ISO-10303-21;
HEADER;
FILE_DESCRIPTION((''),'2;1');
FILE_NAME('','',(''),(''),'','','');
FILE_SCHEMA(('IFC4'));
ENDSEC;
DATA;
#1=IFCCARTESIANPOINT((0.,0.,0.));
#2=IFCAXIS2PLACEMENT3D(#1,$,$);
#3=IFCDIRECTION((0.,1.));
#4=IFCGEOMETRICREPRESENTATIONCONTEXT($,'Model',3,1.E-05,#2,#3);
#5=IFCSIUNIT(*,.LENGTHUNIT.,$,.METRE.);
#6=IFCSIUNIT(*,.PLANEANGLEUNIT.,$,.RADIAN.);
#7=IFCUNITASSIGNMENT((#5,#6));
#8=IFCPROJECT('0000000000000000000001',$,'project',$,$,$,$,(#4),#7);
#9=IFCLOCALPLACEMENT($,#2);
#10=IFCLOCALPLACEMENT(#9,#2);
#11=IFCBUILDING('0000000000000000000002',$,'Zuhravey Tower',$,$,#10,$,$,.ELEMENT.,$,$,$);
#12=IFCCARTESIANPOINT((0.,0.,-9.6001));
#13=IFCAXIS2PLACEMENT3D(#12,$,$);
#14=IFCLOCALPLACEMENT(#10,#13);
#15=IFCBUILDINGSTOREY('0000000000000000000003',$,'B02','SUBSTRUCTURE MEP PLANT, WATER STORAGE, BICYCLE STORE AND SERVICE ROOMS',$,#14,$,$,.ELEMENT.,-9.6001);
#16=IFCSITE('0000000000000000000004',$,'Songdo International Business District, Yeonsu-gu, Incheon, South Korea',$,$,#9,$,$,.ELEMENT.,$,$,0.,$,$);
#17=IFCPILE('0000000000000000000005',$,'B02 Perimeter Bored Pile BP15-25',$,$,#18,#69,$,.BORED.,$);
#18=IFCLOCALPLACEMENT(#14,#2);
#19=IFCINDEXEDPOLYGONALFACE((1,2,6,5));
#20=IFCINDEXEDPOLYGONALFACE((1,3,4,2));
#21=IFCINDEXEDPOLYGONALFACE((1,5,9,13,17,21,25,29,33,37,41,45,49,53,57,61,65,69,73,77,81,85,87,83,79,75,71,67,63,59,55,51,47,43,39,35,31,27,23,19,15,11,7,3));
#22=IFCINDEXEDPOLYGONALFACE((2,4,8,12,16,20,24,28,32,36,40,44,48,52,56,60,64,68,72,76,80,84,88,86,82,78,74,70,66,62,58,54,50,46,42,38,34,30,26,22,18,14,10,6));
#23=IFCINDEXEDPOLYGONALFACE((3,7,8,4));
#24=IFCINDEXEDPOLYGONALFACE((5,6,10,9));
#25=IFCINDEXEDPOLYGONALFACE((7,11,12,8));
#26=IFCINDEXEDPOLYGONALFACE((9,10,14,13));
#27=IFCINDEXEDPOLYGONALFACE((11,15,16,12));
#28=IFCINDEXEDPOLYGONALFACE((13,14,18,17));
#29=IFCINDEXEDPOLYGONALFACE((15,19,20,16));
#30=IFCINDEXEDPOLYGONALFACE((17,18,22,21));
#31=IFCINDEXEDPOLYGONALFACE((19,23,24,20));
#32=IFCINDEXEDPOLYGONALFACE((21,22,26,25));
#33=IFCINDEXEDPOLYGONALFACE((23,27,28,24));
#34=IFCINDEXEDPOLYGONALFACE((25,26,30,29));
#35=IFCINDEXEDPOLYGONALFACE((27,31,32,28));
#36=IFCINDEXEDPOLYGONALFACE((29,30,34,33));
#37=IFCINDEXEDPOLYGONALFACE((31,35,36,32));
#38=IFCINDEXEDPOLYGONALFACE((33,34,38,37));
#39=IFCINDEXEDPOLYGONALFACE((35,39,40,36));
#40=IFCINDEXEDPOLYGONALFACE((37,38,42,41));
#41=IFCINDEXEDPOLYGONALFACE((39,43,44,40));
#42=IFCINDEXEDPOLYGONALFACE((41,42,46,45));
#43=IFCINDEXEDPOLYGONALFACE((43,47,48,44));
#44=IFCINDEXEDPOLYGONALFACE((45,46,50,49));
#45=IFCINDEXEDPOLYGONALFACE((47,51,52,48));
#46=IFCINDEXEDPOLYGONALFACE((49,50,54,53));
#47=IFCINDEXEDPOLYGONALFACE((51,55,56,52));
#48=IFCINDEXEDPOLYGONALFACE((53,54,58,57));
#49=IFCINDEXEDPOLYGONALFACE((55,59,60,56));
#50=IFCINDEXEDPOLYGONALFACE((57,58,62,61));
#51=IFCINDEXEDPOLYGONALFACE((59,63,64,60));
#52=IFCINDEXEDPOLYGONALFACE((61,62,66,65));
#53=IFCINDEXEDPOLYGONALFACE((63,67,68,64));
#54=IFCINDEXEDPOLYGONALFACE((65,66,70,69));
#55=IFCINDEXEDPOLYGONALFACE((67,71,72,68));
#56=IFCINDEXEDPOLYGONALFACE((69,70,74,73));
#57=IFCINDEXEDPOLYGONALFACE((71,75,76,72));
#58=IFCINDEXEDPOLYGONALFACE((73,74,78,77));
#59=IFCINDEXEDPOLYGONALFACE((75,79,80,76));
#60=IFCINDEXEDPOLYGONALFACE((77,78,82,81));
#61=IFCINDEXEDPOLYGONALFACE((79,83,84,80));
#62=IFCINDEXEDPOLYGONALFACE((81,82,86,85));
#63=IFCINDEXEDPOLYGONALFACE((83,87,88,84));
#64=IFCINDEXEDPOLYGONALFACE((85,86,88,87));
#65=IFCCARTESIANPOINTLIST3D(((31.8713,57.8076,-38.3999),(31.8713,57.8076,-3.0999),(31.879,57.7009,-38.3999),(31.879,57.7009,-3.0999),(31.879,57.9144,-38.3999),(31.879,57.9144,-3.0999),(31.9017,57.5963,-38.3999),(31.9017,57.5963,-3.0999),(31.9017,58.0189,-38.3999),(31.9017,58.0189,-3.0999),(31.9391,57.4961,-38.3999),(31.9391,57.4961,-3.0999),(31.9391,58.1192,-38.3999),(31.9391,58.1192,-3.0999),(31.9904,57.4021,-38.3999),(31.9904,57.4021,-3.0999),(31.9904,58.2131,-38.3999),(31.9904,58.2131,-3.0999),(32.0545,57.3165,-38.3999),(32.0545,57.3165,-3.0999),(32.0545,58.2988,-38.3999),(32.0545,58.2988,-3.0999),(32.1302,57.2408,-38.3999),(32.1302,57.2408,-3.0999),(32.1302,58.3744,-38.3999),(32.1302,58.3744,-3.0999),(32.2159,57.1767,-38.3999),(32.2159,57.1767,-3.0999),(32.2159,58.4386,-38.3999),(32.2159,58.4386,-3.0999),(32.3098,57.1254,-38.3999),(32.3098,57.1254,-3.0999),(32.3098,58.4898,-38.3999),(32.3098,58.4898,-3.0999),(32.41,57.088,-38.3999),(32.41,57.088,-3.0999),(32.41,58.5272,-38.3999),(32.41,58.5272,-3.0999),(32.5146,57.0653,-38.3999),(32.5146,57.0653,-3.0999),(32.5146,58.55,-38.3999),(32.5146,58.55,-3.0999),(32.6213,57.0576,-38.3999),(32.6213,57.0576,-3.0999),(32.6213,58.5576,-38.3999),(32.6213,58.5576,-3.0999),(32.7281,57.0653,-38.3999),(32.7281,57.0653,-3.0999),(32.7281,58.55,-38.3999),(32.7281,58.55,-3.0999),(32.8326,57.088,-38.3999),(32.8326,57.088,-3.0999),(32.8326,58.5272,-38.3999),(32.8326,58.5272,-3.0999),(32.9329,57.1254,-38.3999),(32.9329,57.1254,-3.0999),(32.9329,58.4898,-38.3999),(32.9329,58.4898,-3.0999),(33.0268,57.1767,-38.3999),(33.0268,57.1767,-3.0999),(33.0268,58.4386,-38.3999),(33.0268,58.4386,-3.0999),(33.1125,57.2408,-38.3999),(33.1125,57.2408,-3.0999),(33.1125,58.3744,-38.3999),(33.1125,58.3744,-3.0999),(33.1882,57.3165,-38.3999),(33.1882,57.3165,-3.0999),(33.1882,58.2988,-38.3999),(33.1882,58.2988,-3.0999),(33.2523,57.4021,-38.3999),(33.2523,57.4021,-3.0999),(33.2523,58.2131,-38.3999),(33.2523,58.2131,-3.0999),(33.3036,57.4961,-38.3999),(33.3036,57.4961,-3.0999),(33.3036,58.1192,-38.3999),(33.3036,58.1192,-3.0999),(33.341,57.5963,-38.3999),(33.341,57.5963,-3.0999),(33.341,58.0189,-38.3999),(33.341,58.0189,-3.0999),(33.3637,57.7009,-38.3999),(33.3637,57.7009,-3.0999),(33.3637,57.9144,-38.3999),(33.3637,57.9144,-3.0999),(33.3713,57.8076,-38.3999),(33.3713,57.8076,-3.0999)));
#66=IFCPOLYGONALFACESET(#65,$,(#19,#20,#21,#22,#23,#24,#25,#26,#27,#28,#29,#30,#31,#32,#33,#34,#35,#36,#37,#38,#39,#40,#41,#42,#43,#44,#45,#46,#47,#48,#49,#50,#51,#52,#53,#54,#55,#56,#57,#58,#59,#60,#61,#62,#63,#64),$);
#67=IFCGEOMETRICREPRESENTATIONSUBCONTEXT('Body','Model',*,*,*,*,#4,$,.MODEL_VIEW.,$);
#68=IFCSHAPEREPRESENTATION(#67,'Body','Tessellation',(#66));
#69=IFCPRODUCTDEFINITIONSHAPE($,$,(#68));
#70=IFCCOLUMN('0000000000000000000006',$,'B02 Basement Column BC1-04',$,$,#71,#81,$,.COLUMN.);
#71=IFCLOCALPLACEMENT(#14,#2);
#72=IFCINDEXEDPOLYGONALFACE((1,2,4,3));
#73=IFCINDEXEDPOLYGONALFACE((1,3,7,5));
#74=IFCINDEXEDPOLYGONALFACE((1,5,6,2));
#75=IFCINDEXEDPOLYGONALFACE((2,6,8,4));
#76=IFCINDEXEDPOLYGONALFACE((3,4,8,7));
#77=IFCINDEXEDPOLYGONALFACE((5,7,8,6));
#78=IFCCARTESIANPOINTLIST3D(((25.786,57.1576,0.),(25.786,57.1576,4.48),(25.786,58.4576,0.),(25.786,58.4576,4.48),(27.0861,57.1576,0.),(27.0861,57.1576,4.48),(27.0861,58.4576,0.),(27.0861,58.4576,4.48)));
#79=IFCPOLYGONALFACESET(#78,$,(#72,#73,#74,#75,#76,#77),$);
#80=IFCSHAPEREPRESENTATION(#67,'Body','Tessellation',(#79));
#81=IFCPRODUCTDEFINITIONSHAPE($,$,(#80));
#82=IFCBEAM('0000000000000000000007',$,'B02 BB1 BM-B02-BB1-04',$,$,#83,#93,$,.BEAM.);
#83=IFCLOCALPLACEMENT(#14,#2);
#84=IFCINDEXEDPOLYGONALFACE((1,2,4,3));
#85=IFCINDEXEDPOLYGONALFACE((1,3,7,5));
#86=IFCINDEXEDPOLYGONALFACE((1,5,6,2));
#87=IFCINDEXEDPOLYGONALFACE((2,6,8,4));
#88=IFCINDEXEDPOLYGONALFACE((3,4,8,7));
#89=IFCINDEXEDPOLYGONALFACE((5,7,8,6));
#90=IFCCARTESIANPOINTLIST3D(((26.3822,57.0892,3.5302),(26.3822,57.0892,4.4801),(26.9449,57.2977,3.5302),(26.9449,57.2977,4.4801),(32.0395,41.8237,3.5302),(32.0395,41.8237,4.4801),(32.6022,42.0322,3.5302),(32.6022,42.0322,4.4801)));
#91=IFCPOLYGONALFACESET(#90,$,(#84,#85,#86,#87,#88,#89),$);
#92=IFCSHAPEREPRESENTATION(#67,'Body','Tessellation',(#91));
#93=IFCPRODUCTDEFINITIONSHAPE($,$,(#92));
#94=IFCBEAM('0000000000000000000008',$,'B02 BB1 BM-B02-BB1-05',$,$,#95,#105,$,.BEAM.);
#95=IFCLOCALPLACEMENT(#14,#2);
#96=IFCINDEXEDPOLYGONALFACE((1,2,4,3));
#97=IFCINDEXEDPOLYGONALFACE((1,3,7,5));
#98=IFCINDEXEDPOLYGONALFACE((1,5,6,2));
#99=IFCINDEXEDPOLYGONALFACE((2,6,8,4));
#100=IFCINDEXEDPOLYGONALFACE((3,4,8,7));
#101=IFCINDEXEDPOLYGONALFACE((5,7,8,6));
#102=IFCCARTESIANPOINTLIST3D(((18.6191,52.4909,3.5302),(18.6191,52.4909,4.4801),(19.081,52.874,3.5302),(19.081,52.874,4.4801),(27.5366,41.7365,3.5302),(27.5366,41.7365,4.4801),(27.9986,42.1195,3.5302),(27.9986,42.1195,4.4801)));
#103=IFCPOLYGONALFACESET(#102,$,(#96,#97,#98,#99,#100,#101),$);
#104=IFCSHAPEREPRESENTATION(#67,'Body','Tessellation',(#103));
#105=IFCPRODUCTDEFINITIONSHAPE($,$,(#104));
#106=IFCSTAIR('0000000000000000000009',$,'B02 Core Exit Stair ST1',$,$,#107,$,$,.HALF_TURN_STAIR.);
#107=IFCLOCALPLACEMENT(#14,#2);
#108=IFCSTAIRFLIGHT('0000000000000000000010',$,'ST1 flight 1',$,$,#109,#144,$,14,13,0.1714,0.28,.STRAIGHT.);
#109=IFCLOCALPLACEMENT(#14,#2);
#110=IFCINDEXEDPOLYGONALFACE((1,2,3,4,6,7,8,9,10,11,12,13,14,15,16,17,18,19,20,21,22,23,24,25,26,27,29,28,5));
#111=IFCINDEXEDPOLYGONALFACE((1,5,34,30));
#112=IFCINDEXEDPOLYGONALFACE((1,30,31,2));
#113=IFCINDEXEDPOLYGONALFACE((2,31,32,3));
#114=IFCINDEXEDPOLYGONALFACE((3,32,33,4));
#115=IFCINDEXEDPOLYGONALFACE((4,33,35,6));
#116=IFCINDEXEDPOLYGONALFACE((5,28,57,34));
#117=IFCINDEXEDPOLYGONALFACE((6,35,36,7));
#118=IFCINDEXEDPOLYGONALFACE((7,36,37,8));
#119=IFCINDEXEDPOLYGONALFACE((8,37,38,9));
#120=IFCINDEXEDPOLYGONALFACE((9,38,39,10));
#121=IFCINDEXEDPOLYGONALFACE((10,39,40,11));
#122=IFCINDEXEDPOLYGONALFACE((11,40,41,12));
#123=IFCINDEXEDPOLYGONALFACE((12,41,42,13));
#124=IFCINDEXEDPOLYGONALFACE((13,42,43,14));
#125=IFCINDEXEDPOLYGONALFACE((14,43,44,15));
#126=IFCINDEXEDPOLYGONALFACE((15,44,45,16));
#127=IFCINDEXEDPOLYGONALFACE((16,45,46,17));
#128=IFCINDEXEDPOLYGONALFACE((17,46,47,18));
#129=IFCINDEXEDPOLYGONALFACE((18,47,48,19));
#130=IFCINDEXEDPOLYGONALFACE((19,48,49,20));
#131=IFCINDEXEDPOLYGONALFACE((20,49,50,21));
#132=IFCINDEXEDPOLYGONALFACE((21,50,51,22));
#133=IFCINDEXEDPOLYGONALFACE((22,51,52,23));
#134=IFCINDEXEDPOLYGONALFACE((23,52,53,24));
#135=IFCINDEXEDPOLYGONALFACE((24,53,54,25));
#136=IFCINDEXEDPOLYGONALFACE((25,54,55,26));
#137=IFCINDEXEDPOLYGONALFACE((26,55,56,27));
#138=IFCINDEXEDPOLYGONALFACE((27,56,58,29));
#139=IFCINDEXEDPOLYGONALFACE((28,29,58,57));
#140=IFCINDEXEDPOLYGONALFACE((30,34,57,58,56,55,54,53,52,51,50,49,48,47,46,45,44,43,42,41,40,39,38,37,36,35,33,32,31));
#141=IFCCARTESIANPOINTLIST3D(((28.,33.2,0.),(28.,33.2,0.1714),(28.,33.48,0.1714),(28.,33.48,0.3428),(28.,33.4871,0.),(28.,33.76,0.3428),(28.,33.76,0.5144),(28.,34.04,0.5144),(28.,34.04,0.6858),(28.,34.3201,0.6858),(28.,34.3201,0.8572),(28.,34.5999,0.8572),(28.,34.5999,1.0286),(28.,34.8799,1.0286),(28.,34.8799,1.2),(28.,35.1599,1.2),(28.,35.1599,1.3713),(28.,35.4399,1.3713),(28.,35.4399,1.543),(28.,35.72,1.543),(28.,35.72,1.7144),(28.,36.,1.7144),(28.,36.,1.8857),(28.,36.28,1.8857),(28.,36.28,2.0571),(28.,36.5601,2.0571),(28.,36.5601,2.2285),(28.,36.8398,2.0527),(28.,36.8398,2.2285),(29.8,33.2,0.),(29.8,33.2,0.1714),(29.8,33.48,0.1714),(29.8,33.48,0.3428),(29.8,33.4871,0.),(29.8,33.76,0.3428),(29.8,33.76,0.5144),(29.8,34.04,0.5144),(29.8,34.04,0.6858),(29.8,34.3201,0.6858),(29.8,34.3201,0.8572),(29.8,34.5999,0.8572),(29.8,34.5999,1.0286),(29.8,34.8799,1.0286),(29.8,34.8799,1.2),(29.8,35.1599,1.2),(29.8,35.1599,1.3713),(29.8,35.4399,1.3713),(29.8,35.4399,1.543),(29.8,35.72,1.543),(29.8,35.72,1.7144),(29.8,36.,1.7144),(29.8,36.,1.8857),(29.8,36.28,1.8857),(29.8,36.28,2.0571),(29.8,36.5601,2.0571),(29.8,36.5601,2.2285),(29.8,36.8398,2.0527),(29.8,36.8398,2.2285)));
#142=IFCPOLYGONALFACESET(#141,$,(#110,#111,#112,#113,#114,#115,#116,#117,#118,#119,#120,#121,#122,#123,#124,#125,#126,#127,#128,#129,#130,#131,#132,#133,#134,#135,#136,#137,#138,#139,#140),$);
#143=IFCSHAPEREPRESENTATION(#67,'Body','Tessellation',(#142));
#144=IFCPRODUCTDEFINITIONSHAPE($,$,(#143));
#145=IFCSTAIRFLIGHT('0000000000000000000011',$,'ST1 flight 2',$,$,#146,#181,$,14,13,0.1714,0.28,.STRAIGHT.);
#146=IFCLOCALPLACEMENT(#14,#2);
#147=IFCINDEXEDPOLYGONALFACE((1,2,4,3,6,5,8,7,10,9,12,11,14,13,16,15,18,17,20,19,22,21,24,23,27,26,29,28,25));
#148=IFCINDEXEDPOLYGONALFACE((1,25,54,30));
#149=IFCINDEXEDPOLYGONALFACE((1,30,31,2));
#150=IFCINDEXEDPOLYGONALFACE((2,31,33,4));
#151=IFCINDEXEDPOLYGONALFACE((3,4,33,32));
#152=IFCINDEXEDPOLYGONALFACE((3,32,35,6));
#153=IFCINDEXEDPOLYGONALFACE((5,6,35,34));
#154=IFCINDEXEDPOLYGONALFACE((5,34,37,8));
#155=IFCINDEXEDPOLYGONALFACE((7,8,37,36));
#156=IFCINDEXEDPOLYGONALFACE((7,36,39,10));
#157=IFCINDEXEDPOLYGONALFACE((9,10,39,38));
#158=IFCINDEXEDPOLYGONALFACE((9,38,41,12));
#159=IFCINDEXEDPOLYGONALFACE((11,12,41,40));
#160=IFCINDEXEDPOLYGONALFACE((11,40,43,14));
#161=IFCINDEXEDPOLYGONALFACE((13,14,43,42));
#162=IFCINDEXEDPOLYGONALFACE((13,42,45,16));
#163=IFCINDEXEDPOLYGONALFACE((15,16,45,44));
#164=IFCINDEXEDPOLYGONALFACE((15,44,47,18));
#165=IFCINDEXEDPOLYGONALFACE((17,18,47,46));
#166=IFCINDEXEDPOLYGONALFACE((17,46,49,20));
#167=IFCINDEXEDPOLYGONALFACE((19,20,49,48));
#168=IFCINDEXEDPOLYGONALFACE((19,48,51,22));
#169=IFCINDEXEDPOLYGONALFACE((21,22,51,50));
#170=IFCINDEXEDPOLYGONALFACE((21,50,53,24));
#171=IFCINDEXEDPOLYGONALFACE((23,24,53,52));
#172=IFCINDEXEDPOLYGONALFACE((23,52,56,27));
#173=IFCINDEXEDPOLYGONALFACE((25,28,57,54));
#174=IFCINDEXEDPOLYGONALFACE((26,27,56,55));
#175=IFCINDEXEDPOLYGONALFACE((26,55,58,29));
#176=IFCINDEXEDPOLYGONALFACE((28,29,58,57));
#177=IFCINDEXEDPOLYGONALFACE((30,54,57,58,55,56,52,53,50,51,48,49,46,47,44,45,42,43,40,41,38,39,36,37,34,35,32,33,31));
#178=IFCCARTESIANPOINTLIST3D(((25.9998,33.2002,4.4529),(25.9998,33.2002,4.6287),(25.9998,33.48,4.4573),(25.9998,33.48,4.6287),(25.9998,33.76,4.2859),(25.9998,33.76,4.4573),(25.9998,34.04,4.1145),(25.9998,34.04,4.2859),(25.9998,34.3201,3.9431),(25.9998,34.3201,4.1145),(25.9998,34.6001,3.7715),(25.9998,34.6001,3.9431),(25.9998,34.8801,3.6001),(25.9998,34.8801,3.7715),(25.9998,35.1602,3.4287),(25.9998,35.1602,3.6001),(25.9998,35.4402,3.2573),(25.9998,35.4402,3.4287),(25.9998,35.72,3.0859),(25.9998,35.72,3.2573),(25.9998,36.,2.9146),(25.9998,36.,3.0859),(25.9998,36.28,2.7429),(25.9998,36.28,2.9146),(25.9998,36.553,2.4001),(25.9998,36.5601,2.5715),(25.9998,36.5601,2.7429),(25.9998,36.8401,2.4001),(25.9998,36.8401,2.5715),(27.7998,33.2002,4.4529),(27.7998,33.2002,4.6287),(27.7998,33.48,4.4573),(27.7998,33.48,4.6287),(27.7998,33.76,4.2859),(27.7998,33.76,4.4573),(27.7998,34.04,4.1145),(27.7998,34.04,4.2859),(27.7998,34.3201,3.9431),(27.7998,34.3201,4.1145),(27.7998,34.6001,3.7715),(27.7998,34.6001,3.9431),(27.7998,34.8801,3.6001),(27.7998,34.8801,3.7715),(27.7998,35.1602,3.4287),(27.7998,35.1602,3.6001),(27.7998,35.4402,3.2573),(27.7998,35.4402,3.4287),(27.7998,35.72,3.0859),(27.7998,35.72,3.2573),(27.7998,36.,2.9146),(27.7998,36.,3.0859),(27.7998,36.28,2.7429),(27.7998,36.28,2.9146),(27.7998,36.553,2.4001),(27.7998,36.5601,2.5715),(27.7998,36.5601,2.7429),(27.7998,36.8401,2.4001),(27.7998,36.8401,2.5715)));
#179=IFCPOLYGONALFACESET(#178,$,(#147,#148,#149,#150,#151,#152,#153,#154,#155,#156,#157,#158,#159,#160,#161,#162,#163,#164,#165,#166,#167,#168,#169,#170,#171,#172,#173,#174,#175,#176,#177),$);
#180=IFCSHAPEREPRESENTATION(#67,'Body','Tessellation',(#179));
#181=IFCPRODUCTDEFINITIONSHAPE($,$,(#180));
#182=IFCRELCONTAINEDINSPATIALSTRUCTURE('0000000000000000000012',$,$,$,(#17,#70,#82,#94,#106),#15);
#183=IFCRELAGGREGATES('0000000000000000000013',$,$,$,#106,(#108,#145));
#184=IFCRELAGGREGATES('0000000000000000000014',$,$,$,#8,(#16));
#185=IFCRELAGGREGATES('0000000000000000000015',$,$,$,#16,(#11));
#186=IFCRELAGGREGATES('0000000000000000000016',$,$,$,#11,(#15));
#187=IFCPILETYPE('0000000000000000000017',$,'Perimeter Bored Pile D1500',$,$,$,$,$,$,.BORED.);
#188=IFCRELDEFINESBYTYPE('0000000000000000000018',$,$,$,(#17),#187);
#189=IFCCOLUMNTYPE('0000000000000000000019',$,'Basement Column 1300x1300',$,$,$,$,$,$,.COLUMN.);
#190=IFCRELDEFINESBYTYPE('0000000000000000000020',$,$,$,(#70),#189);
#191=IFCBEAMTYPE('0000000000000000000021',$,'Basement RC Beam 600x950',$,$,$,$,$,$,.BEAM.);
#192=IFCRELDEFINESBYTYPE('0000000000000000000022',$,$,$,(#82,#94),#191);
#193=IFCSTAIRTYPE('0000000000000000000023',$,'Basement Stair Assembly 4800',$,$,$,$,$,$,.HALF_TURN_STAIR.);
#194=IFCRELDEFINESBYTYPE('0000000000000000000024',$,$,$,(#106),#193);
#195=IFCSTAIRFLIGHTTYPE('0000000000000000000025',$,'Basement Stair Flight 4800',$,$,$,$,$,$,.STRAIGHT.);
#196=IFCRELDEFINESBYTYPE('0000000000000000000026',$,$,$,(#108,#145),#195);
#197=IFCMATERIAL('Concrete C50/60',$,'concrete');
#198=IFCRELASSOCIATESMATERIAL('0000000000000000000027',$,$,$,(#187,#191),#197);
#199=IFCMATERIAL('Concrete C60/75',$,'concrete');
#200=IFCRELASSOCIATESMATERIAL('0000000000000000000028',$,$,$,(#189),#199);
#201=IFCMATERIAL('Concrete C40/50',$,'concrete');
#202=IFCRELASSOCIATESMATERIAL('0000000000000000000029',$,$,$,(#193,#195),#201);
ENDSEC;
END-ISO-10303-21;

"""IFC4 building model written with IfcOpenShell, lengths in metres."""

from ifc_helpers import new_model, si_unit, direction, frame, origin, origin_2d, place, context, subcontext, project, spatial, polyline, rectangle, circle, outline, extrude, material, material_profile, profile_set, type_object, element, aggregate, save


model = new_model("IFC4")

# Units and contexts
model_context = context("Model", 3, precision=1e-05, world=origin(), true_north=direction((0.0, 1.0)))
body_context = subcontext(model_context, "Body", "Model", "MODEL_VIEW")
ifc_project = project(units=[si_unit("LENGTHUNIT", "METRE"), si_unit("PLANEANGLEUNIT", "RADIAN")], contexts=[model_context])

# Site, building, storey
site_placement = place(None, origin())
site = spatial("IfcSite", under=ifc_project, at=site_placement, Name="Songdo International Business District, Yeonsu-gu, Incheon, South Korea", CompositionType="ELEMENT", RefElevation=0.0)
building_placement = place(site_placement, origin())
building = spatial("IfcBuilding", under=site, at=building_placement, Name="Zuhravey Tower", CompositionType="ELEMENT")
storey_placement = place(building_placement, frame((0.0, 0.0, -9.6001)))
storey = spatial("IfcBuildingStorey", under=building, at=storey_placement, Name="B02", Description="SUBSTRUCTURE MEP PLANT, WATER STORAGE, BICYCLE STORE AND SERVICE ROOMS", CompositionType="ELEMENT", Elevation=-9.6001)

# Pile
ifc_material_1 = material(Name="Concrete C50/60", Category="concrete")
ifc_material_profile_1 = material_profile(ifc_material_1, circle(Radius=0.75, at=origin_2d()), Name="PILE-D1500")
ifc_profile_set_1 = profile_set([ifc_material_profile_1], Name="Concrete C50/60")
pile_type_1 = type_object("IfcPileType", Name="Perimeter Bored Pile D1500", PredefinedType="BORED", material=ifc_profile_set_1)
for number, where, z_axis, x_axis, name in (
    (1, (32.6213, 57.8076, -3.0999), (0.0, 0.0, -1.0), (1.0, 0.0, 0.0), "B02 Perimeter Bored Pile BP15-25"),
):
    element("IfcPile", number, at=place(storey_placement, frame(where, z_axis=z_axis, x_axis=x_axis)), inside=storey, type_object=pile_type_1, Name=name, PredefinedType="BORED", context=body_context, shape_type="SweptSolid", body=[
        extrude(circle(Radius=0.75, at=origin_2d()), origin(), (0.0, 0.0, 1.0), 35.3),
    ])

# Column
ifc_material_2 = material(Name="Concrete C60/75", Category="concrete")
ifc_material_profile_2 = material_profile(ifc_material_2, rectangle(XDim=1.3, YDim=1.3, at=origin_2d()), Name="RC-1300x1300")
ifc_profile_set_2 = profile_set([ifc_material_profile_2], Name="Concrete C60/75")
column_type = type_object("IfcColumnType", Name="Basement Column 1300x1300", PredefinedType="COLUMN", material=ifc_profile_set_2)
column_placement = place(storey_placement, frame((26.436, 57.8076, 0.0), z_axis=(0.0, 0.0, 1.0), x_axis=(1.0, 0.0, 0.0)))
element("IfcColumn", 2, at=column_placement, inside=storey, type_object=column_type, Name="B02 Basement Column BC1-04", PredefinedType="COLUMN", context=body_context, shape_type="SweptSolid", body=[
    extrude(rectangle(XDim=1.3, YDim=1.3, at=origin_2d()), origin(), (0.0, 0.0, 1.0), 4.48),
])

# Beams
ifc_material_profile_3 = material_profile(ifc_material_1, rectangle(XDim=0.6001, YDim=0.95, at=origin_2d()), Name="RC-600x950")
ifc_profile_set_3 = profile_set([ifc_material_profile_3], Name="Concrete C50/60")
beam_type = type_object("IfcBeamType", Name="Basement RC Beam 600x950", PredefinedType="BEAM", material=ifc_profile_set_3)
beam_1_placement = place(storey_placement, frame((32.3208, 41.928, 4.0051), z_axis=(-0.347497, 0.937681, 0.0), x_axis=(-0.937681, -0.347497, 0.0)))
element("IfcBeam", 3, at=beam_1_placement, inside=storey, type_object=beam_type, Name="B02 BB1 BM-B02-BB1-04", PredefinedType="BEAM", context=body_context, shape_type="SweptSolid", body=[
    extrude(rectangle(XDim=0.6001, YDim=0.95, at=origin_2d()), origin(), (0.0, 0.0, 1.0), 16.28),
])
beam_2_placement = place(storey_placement, frame((27.7676, 41.928, 4.0051), z_axis=(-0.638302, 0.769786, 0.0), x_axis=(-0.769786, -0.638302, 0.0)))
element("IfcBeam", 4, at=beam_2_placement, inside=storey, type_object=beam_type, Name="B02 BB1 BM-B02-BB1-05", PredefinedType="BEAM", context=body_context, shape_type="SweptSolid", body=[
    extrude(rectangle(XDim=0.6001, YDim=0.95, at=origin_2d()), origin(), (0.0, 0.0, 1.0), 13.9707),
])

# Stair, stair flights
ifc_material_3 = material(Name="Concrete C40/50", Category="concrete")
stair_type = type_object("IfcStairType", Name="Basement Stair Assembly 4800", PredefinedType="HALF_TURN_STAIR", material=ifc_material_3)
stair_1_placement = place(storey_placement, origin())
stair_1 = element("IfcStair", 5, at=stair_1_placement, inside=storey, type_object=stair_type, Name="B02 Core Exit Stair ST1", PredefinedType="HALF_TURN_STAIR")
stair_flight_type = type_object("IfcStairFlightType", Name="Basement Stair Flight 4800", PredefinedType="STRAIGHT", material=ifc_material_3)
stair_flight_1_placement = place(storey_placement, frame((28.8999, 33.2, 0.0), z_axis=(0.0, 0.0, 1.0), x_axis=(0.0, 1.0, 0.0)))
stair_flight_1 = element("IfcStairFlight", 6, at=stair_flight_1_placement, type_object=stair_flight_type, Name="ST1 flight 1", NumberOfRisers=14, NumberOfTreads=13, PredefinedType="STRAIGHT", RiserHeight=0.1714, TreadLength=0.28, context=body_context, shape_type="SweptSolid", body=[
    extrude(outline(polyline([(0.0, 0.0), (0.0, 0.1714), (0.28, 0.1714), (0.28, 0.3428), (0.5601, 0.3428), (0.5601, 0.5144), (0.8401, 0.5144), (0.8401, 0.6858), (1.1201, 0.6858), (1.1201, 0.8572), (1.3999, 0.8572), (1.3999, 1.0286), (1.6799, 1.0286), (1.6799, 1.2), (1.96, 1.2), (1.96, 1.3713), (2.24, 1.3713), (2.24, 1.543), (2.52, 1.543), (2.52, 1.7144), (2.8, 1.7144), (2.8, 1.8857), (3.0801, 1.8857), (3.0801, 2.0571), (3.3601, 2.0571), (3.3601, 2.2285), (3.6399, 2.2285), (3.6399, 2.3999), (3.6399, 2.0527), (0.2871, 0.0), (0.0, 0.0)])), frame((0.0, 0.8999, 0.0), z_axis=(0.0, -1.0, 0.0), x_axis=(1.0, 0.0, 0.0)), (0.0, 0.0, 1.0), 1.8),
])
stair_flight_2_placement = place(storey_placement, frame((26.8999, 36.8401, 2.4001), z_axis=(0.0, 0.0, 1.0), x_axis=(0.0, -1.0, 0.0)))
stair_flight_2 = element("IfcStairFlight", 7, at=stair_flight_2_placement, type_object=stair_flight_type, Name="ST1 flight 2", NumberOfRisers=14, NumberOfTreads=13, PredefinedType="STRAIGHT", RiserHeight=0.1714, TreadLength=0.28, context=body_context, shape_type="SweptSolid", body=[
    extrude(outline(polyline([(0.0, 0.0), (0.0, 0.1714), (0.28, 0.1714), (0.28, 0.3428), (0.5601, 0.3428), (0.5601, 0.5144), (0.8401, 0.5144), (0.8401, 0.6858), (1.1201, 0.6858), (1.1201, 0.8572), (1.3999, 0.8572), (1.3999, 1.0286), (1.6799, 1.0286), (1.6799, 1.2), (1.96, 1.2), (1.96, 1.3713), (2.24, 1.3713), (2.24, 1.543), (2.52, 1.543), (2.52, 1.7144), (2.8, 1.7144), (2.8, 1.8857), (3.0801, 1.8857), (3.0801, 2.0571), (3.3601, 2.0571), (3.3601, 2.2285), (3.6399, 2.2285), (3.6399, 2.3999), (3.6399, 2.0527), (0.2871, 0.0), (0.0, 0.0)])), frame((0.0, 0.8999, 0.0), z_axis=(0.0, -1.0, 0.0), x_axis=(1.0, 0.0, 0.0)), (0.0, 0.0, 1.0), 1.8),
])
aggregate(stair_1, [stair_flight_1, stair_flight_2])

save(model, "model.ifc")
